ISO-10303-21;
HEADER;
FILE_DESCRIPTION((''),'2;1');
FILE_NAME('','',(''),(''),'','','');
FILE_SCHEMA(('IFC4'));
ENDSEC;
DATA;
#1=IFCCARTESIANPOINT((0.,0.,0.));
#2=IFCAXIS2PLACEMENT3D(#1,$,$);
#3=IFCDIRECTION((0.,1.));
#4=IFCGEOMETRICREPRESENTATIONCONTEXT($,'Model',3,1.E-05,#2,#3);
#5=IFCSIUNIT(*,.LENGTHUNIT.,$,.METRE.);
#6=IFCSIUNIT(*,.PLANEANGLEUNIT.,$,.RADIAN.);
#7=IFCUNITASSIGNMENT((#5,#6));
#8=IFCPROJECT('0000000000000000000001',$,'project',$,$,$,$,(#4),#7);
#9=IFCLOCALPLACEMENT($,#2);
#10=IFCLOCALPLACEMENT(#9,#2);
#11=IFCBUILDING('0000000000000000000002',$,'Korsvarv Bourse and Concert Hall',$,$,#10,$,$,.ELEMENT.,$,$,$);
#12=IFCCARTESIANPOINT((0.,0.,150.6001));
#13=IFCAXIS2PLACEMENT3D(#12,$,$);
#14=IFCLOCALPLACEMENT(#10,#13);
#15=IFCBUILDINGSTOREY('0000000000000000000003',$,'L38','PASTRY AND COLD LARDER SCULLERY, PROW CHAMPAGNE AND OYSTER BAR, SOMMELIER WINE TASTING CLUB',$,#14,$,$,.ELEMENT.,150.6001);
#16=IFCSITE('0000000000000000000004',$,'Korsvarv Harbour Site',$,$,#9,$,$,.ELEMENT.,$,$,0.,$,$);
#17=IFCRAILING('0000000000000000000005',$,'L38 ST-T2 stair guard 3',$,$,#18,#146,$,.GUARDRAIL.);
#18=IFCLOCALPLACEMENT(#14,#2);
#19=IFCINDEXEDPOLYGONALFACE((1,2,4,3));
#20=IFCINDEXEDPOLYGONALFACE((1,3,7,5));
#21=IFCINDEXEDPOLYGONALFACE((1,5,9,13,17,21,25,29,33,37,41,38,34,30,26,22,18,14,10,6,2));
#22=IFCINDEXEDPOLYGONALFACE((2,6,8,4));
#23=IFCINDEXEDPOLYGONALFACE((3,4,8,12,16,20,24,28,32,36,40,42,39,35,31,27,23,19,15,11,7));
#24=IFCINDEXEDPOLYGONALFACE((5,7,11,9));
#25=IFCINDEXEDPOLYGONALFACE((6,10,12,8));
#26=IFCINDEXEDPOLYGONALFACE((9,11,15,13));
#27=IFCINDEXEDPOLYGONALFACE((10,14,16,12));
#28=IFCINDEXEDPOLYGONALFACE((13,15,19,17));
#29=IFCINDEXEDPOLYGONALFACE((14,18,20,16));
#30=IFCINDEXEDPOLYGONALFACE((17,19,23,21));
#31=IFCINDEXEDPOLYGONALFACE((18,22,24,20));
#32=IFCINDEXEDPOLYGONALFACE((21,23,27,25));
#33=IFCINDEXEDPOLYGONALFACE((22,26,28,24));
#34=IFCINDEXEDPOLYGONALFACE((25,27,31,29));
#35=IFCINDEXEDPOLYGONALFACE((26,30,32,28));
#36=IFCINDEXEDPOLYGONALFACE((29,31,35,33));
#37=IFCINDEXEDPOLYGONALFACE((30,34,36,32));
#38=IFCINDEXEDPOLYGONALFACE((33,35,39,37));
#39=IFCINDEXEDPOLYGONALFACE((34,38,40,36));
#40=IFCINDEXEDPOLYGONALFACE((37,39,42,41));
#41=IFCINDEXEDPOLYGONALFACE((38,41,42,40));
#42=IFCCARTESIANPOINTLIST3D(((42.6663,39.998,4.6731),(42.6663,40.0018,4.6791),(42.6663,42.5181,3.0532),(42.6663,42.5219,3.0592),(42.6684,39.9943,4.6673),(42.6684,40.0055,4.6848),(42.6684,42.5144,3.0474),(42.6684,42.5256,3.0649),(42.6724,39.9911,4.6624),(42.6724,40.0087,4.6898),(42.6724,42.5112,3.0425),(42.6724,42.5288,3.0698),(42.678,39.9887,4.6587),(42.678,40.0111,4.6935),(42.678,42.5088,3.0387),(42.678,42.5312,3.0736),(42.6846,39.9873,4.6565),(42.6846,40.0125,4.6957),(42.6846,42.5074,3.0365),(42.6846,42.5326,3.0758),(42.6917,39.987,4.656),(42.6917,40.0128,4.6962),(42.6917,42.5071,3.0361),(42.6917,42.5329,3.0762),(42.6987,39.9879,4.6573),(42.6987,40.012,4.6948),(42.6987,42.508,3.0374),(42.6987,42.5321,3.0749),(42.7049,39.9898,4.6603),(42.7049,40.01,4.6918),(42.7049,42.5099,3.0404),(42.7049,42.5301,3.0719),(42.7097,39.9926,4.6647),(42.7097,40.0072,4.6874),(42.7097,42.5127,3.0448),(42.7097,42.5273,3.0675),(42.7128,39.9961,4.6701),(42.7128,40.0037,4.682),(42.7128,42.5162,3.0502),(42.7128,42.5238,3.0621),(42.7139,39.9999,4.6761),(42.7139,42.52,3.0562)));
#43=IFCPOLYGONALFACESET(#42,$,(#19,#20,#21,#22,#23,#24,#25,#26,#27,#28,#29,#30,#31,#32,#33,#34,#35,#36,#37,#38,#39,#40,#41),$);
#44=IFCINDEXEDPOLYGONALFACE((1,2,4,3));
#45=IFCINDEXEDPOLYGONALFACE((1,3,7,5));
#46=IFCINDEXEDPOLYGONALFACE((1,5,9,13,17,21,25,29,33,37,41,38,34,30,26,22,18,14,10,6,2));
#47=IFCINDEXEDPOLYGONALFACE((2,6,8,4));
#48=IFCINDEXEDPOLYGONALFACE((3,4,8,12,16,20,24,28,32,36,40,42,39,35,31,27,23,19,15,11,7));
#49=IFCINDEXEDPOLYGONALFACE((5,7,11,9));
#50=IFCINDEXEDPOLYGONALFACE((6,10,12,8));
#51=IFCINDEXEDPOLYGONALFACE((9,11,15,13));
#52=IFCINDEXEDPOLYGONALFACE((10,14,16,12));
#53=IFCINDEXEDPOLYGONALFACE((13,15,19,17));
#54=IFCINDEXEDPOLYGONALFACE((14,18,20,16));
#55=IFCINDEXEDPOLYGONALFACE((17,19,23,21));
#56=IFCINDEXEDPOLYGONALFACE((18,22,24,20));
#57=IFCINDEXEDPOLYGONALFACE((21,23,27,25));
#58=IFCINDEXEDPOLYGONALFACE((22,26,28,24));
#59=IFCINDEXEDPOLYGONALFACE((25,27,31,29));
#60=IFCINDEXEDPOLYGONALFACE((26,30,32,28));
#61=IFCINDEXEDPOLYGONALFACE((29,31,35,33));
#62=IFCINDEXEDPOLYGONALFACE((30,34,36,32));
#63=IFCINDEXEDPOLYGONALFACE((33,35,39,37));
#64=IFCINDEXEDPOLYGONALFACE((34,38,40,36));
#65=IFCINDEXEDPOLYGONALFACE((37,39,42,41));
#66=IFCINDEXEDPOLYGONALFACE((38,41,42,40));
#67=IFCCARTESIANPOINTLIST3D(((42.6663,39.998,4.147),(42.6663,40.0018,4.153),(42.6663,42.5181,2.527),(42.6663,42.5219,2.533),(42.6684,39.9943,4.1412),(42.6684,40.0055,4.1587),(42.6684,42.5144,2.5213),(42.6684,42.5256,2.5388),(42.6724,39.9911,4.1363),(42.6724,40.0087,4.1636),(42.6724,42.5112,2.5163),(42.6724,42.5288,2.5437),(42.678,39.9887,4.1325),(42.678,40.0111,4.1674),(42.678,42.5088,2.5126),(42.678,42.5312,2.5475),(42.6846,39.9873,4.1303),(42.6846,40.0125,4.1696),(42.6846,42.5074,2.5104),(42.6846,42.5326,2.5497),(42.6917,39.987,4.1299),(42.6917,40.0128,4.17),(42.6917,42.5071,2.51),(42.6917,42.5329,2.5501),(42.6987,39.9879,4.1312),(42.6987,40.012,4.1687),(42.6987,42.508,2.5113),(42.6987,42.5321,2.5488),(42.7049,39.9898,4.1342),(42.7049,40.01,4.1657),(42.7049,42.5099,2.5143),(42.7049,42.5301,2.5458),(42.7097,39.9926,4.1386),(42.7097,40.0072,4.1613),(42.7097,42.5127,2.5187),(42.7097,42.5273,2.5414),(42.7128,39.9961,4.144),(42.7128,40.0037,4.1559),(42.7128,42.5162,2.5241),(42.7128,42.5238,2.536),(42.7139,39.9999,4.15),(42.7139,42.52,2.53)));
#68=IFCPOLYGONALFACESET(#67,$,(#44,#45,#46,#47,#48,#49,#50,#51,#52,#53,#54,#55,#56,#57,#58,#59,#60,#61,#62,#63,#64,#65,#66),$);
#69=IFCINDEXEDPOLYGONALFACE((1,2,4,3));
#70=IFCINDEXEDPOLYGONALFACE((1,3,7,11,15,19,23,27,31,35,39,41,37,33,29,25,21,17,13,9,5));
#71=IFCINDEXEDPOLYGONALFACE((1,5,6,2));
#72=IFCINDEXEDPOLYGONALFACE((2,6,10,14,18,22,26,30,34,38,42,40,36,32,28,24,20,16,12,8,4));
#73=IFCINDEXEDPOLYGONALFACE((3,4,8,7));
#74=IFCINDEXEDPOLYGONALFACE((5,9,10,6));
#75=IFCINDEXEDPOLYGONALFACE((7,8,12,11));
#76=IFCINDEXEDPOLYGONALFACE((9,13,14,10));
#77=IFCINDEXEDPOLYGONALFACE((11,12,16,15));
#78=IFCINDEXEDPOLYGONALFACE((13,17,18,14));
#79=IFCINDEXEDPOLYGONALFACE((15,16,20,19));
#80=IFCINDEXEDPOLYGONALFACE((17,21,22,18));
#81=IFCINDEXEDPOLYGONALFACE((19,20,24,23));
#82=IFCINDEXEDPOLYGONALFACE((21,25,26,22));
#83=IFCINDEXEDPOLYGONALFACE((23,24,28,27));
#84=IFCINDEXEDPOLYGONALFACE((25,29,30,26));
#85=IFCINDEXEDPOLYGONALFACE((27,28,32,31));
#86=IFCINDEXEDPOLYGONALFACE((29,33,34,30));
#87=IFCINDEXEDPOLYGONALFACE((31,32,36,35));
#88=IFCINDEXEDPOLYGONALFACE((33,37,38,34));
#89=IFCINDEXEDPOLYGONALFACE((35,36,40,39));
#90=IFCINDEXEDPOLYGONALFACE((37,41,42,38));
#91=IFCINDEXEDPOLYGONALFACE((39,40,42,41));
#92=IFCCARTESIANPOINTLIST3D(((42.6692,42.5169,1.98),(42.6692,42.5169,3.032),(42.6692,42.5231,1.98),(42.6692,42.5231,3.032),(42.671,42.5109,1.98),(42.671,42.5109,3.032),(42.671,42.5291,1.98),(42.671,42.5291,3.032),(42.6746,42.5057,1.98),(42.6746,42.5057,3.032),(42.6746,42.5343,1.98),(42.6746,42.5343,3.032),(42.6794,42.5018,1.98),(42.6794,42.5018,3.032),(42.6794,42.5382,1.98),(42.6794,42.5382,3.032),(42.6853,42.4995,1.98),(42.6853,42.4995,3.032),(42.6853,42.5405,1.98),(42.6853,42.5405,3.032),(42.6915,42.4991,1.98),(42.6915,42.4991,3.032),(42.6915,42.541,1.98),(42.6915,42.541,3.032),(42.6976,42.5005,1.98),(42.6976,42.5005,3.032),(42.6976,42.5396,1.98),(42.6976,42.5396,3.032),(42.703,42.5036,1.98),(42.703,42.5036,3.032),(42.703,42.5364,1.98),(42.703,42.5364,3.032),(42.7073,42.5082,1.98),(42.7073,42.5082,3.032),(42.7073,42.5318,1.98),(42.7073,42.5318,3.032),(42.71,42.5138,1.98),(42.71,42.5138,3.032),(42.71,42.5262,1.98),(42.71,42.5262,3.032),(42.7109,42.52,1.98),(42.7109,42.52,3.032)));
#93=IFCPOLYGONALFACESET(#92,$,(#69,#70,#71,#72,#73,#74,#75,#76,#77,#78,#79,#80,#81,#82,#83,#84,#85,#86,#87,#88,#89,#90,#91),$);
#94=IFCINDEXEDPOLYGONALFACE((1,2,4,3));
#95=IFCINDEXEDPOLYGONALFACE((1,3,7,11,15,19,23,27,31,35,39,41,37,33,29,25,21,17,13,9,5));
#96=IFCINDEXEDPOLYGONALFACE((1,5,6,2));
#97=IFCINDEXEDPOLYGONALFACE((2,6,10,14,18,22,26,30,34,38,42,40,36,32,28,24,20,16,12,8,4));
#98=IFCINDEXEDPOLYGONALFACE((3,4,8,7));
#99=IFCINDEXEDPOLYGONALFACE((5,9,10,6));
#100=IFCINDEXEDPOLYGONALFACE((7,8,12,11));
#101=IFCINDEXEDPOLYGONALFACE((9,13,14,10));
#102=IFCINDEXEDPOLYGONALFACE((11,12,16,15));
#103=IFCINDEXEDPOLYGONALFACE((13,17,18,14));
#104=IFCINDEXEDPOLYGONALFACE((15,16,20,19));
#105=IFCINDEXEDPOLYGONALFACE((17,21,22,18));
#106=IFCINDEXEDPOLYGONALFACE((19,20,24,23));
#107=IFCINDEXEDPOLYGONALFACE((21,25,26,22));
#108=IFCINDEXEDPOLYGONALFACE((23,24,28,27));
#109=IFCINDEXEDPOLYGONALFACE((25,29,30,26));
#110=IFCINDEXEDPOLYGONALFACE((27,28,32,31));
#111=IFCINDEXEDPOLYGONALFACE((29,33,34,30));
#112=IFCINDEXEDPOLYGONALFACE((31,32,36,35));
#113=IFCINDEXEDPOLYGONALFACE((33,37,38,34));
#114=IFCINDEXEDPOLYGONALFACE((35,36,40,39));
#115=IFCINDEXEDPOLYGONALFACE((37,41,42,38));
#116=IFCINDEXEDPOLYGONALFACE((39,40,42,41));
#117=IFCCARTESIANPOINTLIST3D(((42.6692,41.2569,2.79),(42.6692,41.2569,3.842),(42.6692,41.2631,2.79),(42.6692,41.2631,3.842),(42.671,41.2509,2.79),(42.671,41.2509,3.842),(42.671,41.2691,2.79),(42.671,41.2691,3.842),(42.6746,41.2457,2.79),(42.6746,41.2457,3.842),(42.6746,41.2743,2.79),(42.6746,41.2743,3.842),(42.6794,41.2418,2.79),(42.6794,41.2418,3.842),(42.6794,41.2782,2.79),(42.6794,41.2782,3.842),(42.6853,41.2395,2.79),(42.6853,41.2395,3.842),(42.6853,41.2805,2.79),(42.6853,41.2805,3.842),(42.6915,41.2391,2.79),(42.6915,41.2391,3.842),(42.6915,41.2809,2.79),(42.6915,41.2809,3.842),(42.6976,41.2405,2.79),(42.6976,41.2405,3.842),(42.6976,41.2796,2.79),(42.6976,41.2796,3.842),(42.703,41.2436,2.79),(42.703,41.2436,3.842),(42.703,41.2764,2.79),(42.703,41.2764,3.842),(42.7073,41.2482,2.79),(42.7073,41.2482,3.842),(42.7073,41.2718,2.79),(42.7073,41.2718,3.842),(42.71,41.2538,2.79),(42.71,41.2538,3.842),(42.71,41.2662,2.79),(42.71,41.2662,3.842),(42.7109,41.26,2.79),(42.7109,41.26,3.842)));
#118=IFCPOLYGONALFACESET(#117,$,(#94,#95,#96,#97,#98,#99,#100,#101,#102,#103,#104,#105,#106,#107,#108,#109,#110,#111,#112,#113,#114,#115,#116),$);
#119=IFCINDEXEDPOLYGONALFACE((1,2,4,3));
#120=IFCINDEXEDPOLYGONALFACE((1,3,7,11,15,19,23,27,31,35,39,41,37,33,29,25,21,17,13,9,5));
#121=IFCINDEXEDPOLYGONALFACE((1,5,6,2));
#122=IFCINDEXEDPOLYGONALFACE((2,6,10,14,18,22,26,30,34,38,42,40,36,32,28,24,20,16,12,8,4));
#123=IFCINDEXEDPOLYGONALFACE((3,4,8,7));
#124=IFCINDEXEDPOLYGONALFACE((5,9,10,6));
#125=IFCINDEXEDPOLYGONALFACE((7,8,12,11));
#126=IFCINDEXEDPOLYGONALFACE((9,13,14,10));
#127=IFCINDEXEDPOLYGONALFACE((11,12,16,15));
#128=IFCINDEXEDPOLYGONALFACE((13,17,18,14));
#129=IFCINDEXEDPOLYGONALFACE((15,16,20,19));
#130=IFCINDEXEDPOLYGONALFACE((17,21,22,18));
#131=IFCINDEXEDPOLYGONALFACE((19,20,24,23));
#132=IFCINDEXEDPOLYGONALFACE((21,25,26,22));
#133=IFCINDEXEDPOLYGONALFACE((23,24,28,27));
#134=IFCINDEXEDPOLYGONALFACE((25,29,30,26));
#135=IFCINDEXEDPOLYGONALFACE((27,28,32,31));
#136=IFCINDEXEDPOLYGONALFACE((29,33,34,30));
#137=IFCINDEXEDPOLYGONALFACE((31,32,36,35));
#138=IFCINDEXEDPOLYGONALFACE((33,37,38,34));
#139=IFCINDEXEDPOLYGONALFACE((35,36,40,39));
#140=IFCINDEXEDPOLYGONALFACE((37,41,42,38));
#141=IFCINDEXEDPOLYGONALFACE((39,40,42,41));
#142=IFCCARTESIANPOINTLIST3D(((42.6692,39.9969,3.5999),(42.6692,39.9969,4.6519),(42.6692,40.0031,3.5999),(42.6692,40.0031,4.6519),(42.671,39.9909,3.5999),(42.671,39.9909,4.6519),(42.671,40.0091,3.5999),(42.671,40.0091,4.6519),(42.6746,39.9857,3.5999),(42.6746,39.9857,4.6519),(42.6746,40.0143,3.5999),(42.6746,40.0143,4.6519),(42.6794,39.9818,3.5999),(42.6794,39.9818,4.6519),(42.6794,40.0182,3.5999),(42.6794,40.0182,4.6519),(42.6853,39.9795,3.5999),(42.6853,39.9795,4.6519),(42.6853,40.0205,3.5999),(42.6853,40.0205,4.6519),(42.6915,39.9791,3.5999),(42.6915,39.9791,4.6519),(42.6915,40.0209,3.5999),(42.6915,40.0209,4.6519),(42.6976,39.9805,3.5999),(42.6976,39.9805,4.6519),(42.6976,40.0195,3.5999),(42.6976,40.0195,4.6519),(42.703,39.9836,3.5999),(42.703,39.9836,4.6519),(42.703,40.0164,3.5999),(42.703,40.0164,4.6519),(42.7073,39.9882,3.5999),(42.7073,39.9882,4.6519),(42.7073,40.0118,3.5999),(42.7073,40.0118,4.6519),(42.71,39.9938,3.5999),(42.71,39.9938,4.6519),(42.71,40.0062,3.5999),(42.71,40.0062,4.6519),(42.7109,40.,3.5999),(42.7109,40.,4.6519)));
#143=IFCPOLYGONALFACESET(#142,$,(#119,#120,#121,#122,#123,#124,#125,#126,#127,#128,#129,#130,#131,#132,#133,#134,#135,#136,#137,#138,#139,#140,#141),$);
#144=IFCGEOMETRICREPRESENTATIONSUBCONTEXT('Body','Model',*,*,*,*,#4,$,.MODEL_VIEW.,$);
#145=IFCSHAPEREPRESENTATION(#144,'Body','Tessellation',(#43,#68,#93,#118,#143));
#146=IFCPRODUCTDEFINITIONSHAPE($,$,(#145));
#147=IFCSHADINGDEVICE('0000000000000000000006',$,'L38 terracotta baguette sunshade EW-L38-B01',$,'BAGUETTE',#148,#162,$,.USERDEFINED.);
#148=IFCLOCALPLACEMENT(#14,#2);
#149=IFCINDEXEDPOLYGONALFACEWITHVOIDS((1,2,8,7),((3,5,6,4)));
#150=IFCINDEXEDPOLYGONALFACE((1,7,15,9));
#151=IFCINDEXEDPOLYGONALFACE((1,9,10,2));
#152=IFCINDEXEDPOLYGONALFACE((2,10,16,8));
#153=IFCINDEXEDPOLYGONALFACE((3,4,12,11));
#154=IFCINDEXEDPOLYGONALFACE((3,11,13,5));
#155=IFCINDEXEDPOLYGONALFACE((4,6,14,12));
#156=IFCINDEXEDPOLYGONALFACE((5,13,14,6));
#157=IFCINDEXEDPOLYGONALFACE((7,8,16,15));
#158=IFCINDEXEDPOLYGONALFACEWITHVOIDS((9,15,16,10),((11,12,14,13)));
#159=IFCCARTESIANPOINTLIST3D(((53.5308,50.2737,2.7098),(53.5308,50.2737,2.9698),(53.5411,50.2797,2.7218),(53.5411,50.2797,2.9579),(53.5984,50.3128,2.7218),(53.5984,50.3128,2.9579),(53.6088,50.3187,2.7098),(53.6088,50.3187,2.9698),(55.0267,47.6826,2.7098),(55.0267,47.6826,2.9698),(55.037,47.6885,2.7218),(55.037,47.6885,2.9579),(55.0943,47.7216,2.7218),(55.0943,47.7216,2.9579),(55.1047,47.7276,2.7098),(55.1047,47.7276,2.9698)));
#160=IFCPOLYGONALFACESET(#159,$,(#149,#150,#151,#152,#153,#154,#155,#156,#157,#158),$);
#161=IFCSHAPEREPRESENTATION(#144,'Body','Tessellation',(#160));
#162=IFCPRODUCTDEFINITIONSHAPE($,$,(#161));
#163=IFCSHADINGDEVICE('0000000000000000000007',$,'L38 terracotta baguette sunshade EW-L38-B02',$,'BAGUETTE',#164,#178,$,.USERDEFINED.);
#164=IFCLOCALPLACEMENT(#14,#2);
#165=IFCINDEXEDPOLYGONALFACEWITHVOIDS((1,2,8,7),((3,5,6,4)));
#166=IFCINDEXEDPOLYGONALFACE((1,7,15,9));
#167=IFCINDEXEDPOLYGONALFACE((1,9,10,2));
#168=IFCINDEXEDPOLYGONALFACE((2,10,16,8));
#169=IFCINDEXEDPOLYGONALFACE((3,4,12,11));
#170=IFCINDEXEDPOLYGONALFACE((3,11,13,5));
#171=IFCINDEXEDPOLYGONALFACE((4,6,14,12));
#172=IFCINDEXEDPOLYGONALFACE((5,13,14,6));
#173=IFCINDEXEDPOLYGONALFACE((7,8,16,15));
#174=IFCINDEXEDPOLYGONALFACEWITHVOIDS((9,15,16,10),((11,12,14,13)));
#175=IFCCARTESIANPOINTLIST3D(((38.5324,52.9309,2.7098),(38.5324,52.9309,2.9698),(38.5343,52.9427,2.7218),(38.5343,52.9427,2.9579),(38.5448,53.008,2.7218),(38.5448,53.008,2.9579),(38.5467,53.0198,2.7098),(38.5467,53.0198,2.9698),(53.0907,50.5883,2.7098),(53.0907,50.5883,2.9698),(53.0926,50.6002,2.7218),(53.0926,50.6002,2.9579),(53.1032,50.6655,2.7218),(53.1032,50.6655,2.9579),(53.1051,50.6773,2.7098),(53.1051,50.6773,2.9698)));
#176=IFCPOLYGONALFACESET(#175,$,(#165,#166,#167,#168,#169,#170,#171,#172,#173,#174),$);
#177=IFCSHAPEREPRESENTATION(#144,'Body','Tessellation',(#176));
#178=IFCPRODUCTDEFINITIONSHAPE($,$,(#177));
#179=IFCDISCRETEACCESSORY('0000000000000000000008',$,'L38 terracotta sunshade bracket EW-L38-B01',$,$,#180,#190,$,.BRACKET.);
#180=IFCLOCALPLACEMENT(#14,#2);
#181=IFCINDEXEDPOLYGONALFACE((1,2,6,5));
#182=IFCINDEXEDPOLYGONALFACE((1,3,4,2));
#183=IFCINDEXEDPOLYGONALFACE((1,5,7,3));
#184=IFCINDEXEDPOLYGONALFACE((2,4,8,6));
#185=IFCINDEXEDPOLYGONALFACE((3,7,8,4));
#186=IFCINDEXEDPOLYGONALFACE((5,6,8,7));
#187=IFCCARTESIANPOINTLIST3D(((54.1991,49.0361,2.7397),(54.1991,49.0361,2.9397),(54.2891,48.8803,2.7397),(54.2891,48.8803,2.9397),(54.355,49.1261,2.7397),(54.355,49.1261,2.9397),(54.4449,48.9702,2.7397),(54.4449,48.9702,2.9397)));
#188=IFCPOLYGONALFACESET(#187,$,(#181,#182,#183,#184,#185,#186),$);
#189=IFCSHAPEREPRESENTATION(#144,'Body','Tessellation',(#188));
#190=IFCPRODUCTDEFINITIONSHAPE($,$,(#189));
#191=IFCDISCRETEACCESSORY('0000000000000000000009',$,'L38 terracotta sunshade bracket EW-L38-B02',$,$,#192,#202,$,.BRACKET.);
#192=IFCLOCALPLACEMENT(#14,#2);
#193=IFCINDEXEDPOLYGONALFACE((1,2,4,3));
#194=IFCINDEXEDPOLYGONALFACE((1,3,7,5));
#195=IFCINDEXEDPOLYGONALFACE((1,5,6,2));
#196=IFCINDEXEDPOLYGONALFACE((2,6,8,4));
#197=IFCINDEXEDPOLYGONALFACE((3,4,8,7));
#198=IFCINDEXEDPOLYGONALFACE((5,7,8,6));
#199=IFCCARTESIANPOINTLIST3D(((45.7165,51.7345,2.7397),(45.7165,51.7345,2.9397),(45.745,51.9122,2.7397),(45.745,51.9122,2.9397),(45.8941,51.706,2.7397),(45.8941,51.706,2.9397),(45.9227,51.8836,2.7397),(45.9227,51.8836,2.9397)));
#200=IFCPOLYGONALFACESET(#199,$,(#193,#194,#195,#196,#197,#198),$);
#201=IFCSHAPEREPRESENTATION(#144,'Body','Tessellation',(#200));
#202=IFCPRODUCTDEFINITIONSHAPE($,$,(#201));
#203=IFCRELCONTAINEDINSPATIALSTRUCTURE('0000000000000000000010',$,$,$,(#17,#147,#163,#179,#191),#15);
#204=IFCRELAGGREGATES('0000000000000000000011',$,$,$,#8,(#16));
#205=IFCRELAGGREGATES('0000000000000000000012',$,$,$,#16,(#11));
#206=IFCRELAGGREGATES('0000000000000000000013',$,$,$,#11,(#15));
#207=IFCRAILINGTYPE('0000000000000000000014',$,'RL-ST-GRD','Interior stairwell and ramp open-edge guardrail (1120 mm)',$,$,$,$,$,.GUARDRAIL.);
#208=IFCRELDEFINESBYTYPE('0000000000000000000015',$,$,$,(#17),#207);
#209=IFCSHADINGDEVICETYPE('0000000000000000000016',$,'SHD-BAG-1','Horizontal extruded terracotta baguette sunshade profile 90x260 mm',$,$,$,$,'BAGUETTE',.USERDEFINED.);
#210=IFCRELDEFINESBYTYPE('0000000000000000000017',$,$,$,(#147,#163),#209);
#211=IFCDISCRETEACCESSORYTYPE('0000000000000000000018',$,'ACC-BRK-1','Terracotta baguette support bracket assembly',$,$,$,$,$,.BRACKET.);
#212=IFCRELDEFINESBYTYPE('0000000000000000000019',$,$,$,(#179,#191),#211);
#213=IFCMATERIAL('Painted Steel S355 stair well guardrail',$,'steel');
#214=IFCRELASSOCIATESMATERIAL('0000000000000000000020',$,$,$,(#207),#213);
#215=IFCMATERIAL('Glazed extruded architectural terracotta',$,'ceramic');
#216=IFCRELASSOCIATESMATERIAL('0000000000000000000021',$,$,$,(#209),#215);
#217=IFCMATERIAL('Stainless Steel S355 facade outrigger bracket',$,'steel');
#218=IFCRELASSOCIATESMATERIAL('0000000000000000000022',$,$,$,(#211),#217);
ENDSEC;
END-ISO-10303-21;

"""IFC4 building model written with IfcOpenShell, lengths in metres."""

from ifc_helpers import new_model, si_unit, direction, frame, origin, origin_2d, place, context, subcontext, project, spatial, rectangle, hollow_rectangle, circle, extrude, source, transform, mapped, material, material_profile, profile_set, type_object, element, save


model = new_model("IFC4")

# Units and contexts
model_context = context("Model", 3, precision=1e-05, world=origin(), true_north=direction((0.0, 1.0)))
body_context = subcontext(model_context, "Body", "Model", "MODEL_VIEW")
ifc_project = project(units=[si_unit("LENGTHUNIT", "METRE"), si_unit("PLANEANGLEUNIT", "RADIAN")], contexts=[model_context])

# Site, building, storey
site_placement = place(None, origin())
site = spatial("IfcSite", under=ifc_project, at=site_placement, Name="Korsvarv Harbour Site", CompositionType="ELEMENT", RefElevation=0.0)
building_placement = place(site_placement, origin())
building = spatial("IfcBuilding", under=site, at=building_placement, Name="Korsvarv Bourse and Concert Hall", CompositionType="ELEMENT")
storey_placement = place(building_placement, frame((0.0, 0.0, 150.6001)))
storey = spatial("IfcBuildingStorey", under=building, at=storey_placement, Name="L38", Description="PASTRY AND COLD LARDER SCULLERY, PROW CHAMPAGNE AND OYSTER BAR, SOMMELIER WINE TASTING CLUB", CompositionType="ELEMENT", Elevation=150.6001)

# Railing
ifc_material_1 = material(Name="Painted Steel S355 stair well guardrail", Category="steel")
railing_type = type_object("IfcRailingType", Name="RL-ST-GRD", Description="Interior stairwell and ramp open-edge guardrail (1120 mm)", PredefinedType="GUARDRAIL", material=ifc_material_1)
railing_1_placement = place(storey_placement, frame((42.6899, 42.52, 1.98)))
element("IfcRailing", 1, at=railing_1_placement, inside=storey, type_object=railing_type, Name="L38 ST-T2 stair guard 3", PredefinedType="GUARDRAIL", context=body_context, shape_type="SweptSolid", body=[
    extrude(circle(Radius=0.0239, at=origin_2d()), frame((0.0, 0.0, 1.0762), z_axis=(0.0, -0.8412, 0.540725), x_axis=(1.0, 0.0, 0.0)), (0.0, 0.0, 1.0), 2.9958),
    extrude(circle(Radius=0.0239, at=origin_2d()), frame((0.0, 0.0, 0.55), z_axis=(0.0, -0.8412, 0.540725), x_axis=(1.0, 0.0, 0.0)), (0.0, 0.0, 1.0), 2.9958),
    extrude(circle(Radius=0.021, at=origin_2d()), origin(), (0.0, 0.0, 1.0), 1.052),
    extrude(circle(Radius=0.021, at=origin_2d()), frame((0.0, -1.26, 0.8101)), (0.0, 0.0, 1.0), 1.052),
    extrude(circle(Radius=0.021, at=origin_2d()), frame((0.0, -2.52, 1.6199)), (0.0, 0.0, 1.0), 1.052),
])

# Shading devices
ifc_material_2 = material(Name="Glazed extruded architectural terracotta", Category="ceramic")
ifc_material_profile_1 = material_profile(ifc_material_2, hollow_rectangle(XDim=0.0901, YDim=0.26, WallThickness=0.012, at=origin_2d()), Name="TC-BAG 90x260")
ifc_profile_set_1 = profile_set([ifc_material_profile_1], Name="Glazed extruded architectural terracotta")
shading_device_type = type_object("IfcShadingDeviceType", Name="SHD-BAG-1", Description="Horizontal extruded terracotta baguette sunshade profile 90x260 mm", ElementType="BAGUETTE", PredefinedType="USERDEFINED", material=ifc_profile_set_1)
shared_shape_1 = source(origin(), body_context, "Body", "SweptSolid", [
    extrude(hollow_rectangle(XDim=0.0901, YDim=0.26, WallThickness=0.012, at=origin_2d()), origin(), (0.0, 0.0, 1.0), 2.9919),
])
shading_device_1_placement = place(storey_placement, frame((55.0657, 47.7051, 2.8398), z_axis=(-0.499974, 0.86604, 0.0), x_axis=(-0.86604, -0.499974, 0.0)))
element("IfcShadingDevice", 2, at=shading_device_1_placement, inside=storey, type_object=shading_device_type, Name="L38 terracotta baguette sunshade EW-L38-B01", ObjectType="BAGUETTE", PredefinedType="USERDEFINED", context=body_context, shape_type="MappedRepresentation", body=[
    mapped(shared_shape_1, transform((0.0, 0.0, 0.0), scale=1.0)),
])
shared_shape_2 = source(origin(), body_context, "Body", "SweptSolid", [
    extrude(hollow_rectangle(XDim=0.0901, YDim=0.26, WallThickness=0.012, at=origin_2d()), origin(), (0.0, 0.0, 1.0), 14.7456),
])
shading_device_2_placement = place(storey_placement, frame((53.0979, 50.6328, 2.8398), z_axis=(-0.987301, 0.158863, 0.0), x_axis=(-0.158863, -0.987301, 0.0)))
element("IfcShadingDevice", 3, at=shading_device_2_placement, inside=storey, type_object=shading_device_type, Name="L38 terracotta baguette sunshade EW-L38-B02", ObjectType="BAGUETTE", PredefinedType="USERDEFINED", context=body_context, shape_type="MappedRepresentation", body=[
    mapped(shared_shape_2, transform((0.0, 0.0, 0.0), scale=1.0)),
])

# Discrete accessories
ifc_material_3 = material(Name="Stainless Steel S355 facade outrigger bracket", Category="steel")
discrete_accessory_type = type_object("IfcDiscreteAccessoryType", Name="ACC-BRK-1", Description="Terracotta baguette support bracket assembly", PredefinedType="BRACKET", material=ifc_material_3)
shared_shape_3 = source(origin(), body_context, "Body", "SweptSolid", [
    extrude(rectangle(XDim=0.1799, YDim=0.1799, at=origin_2d()), origin(), (0.0, 0.0, 1.0), 0.2),
])
for number, where, z_axis, x_axis, name in (
    (4, (54.322, 49.0032, 2.7397), (0.0, 0.0, 1.0), (-0.5, 0.866025, 0.0), "L38 terracotta sunshade bracket EW-L38-B01"),
    (5, (45.8196, 51.8091, 2.7397), (0.0, 0.0, 1.0), (-0.987303, 0.158847, 0.0), "L38 terracotta sunshade bracket EW-L38-B02"),
):
    element("IfcDiscreteAccessory", number, at=place(storey_placement, frame(where, z_axis=z_axis, x_axis=x_axis)), inside=storey, type_object=discrete_accessory_type, Name=name, PredefinedType="BRACKET", context=body_context, shape_type="MappedRepresentation", body=[
        mapped(shared_shape_3, transform((0.0, 0.0, 0.0), scale=1.0)),
    ])

save(model, "model.ifc")
